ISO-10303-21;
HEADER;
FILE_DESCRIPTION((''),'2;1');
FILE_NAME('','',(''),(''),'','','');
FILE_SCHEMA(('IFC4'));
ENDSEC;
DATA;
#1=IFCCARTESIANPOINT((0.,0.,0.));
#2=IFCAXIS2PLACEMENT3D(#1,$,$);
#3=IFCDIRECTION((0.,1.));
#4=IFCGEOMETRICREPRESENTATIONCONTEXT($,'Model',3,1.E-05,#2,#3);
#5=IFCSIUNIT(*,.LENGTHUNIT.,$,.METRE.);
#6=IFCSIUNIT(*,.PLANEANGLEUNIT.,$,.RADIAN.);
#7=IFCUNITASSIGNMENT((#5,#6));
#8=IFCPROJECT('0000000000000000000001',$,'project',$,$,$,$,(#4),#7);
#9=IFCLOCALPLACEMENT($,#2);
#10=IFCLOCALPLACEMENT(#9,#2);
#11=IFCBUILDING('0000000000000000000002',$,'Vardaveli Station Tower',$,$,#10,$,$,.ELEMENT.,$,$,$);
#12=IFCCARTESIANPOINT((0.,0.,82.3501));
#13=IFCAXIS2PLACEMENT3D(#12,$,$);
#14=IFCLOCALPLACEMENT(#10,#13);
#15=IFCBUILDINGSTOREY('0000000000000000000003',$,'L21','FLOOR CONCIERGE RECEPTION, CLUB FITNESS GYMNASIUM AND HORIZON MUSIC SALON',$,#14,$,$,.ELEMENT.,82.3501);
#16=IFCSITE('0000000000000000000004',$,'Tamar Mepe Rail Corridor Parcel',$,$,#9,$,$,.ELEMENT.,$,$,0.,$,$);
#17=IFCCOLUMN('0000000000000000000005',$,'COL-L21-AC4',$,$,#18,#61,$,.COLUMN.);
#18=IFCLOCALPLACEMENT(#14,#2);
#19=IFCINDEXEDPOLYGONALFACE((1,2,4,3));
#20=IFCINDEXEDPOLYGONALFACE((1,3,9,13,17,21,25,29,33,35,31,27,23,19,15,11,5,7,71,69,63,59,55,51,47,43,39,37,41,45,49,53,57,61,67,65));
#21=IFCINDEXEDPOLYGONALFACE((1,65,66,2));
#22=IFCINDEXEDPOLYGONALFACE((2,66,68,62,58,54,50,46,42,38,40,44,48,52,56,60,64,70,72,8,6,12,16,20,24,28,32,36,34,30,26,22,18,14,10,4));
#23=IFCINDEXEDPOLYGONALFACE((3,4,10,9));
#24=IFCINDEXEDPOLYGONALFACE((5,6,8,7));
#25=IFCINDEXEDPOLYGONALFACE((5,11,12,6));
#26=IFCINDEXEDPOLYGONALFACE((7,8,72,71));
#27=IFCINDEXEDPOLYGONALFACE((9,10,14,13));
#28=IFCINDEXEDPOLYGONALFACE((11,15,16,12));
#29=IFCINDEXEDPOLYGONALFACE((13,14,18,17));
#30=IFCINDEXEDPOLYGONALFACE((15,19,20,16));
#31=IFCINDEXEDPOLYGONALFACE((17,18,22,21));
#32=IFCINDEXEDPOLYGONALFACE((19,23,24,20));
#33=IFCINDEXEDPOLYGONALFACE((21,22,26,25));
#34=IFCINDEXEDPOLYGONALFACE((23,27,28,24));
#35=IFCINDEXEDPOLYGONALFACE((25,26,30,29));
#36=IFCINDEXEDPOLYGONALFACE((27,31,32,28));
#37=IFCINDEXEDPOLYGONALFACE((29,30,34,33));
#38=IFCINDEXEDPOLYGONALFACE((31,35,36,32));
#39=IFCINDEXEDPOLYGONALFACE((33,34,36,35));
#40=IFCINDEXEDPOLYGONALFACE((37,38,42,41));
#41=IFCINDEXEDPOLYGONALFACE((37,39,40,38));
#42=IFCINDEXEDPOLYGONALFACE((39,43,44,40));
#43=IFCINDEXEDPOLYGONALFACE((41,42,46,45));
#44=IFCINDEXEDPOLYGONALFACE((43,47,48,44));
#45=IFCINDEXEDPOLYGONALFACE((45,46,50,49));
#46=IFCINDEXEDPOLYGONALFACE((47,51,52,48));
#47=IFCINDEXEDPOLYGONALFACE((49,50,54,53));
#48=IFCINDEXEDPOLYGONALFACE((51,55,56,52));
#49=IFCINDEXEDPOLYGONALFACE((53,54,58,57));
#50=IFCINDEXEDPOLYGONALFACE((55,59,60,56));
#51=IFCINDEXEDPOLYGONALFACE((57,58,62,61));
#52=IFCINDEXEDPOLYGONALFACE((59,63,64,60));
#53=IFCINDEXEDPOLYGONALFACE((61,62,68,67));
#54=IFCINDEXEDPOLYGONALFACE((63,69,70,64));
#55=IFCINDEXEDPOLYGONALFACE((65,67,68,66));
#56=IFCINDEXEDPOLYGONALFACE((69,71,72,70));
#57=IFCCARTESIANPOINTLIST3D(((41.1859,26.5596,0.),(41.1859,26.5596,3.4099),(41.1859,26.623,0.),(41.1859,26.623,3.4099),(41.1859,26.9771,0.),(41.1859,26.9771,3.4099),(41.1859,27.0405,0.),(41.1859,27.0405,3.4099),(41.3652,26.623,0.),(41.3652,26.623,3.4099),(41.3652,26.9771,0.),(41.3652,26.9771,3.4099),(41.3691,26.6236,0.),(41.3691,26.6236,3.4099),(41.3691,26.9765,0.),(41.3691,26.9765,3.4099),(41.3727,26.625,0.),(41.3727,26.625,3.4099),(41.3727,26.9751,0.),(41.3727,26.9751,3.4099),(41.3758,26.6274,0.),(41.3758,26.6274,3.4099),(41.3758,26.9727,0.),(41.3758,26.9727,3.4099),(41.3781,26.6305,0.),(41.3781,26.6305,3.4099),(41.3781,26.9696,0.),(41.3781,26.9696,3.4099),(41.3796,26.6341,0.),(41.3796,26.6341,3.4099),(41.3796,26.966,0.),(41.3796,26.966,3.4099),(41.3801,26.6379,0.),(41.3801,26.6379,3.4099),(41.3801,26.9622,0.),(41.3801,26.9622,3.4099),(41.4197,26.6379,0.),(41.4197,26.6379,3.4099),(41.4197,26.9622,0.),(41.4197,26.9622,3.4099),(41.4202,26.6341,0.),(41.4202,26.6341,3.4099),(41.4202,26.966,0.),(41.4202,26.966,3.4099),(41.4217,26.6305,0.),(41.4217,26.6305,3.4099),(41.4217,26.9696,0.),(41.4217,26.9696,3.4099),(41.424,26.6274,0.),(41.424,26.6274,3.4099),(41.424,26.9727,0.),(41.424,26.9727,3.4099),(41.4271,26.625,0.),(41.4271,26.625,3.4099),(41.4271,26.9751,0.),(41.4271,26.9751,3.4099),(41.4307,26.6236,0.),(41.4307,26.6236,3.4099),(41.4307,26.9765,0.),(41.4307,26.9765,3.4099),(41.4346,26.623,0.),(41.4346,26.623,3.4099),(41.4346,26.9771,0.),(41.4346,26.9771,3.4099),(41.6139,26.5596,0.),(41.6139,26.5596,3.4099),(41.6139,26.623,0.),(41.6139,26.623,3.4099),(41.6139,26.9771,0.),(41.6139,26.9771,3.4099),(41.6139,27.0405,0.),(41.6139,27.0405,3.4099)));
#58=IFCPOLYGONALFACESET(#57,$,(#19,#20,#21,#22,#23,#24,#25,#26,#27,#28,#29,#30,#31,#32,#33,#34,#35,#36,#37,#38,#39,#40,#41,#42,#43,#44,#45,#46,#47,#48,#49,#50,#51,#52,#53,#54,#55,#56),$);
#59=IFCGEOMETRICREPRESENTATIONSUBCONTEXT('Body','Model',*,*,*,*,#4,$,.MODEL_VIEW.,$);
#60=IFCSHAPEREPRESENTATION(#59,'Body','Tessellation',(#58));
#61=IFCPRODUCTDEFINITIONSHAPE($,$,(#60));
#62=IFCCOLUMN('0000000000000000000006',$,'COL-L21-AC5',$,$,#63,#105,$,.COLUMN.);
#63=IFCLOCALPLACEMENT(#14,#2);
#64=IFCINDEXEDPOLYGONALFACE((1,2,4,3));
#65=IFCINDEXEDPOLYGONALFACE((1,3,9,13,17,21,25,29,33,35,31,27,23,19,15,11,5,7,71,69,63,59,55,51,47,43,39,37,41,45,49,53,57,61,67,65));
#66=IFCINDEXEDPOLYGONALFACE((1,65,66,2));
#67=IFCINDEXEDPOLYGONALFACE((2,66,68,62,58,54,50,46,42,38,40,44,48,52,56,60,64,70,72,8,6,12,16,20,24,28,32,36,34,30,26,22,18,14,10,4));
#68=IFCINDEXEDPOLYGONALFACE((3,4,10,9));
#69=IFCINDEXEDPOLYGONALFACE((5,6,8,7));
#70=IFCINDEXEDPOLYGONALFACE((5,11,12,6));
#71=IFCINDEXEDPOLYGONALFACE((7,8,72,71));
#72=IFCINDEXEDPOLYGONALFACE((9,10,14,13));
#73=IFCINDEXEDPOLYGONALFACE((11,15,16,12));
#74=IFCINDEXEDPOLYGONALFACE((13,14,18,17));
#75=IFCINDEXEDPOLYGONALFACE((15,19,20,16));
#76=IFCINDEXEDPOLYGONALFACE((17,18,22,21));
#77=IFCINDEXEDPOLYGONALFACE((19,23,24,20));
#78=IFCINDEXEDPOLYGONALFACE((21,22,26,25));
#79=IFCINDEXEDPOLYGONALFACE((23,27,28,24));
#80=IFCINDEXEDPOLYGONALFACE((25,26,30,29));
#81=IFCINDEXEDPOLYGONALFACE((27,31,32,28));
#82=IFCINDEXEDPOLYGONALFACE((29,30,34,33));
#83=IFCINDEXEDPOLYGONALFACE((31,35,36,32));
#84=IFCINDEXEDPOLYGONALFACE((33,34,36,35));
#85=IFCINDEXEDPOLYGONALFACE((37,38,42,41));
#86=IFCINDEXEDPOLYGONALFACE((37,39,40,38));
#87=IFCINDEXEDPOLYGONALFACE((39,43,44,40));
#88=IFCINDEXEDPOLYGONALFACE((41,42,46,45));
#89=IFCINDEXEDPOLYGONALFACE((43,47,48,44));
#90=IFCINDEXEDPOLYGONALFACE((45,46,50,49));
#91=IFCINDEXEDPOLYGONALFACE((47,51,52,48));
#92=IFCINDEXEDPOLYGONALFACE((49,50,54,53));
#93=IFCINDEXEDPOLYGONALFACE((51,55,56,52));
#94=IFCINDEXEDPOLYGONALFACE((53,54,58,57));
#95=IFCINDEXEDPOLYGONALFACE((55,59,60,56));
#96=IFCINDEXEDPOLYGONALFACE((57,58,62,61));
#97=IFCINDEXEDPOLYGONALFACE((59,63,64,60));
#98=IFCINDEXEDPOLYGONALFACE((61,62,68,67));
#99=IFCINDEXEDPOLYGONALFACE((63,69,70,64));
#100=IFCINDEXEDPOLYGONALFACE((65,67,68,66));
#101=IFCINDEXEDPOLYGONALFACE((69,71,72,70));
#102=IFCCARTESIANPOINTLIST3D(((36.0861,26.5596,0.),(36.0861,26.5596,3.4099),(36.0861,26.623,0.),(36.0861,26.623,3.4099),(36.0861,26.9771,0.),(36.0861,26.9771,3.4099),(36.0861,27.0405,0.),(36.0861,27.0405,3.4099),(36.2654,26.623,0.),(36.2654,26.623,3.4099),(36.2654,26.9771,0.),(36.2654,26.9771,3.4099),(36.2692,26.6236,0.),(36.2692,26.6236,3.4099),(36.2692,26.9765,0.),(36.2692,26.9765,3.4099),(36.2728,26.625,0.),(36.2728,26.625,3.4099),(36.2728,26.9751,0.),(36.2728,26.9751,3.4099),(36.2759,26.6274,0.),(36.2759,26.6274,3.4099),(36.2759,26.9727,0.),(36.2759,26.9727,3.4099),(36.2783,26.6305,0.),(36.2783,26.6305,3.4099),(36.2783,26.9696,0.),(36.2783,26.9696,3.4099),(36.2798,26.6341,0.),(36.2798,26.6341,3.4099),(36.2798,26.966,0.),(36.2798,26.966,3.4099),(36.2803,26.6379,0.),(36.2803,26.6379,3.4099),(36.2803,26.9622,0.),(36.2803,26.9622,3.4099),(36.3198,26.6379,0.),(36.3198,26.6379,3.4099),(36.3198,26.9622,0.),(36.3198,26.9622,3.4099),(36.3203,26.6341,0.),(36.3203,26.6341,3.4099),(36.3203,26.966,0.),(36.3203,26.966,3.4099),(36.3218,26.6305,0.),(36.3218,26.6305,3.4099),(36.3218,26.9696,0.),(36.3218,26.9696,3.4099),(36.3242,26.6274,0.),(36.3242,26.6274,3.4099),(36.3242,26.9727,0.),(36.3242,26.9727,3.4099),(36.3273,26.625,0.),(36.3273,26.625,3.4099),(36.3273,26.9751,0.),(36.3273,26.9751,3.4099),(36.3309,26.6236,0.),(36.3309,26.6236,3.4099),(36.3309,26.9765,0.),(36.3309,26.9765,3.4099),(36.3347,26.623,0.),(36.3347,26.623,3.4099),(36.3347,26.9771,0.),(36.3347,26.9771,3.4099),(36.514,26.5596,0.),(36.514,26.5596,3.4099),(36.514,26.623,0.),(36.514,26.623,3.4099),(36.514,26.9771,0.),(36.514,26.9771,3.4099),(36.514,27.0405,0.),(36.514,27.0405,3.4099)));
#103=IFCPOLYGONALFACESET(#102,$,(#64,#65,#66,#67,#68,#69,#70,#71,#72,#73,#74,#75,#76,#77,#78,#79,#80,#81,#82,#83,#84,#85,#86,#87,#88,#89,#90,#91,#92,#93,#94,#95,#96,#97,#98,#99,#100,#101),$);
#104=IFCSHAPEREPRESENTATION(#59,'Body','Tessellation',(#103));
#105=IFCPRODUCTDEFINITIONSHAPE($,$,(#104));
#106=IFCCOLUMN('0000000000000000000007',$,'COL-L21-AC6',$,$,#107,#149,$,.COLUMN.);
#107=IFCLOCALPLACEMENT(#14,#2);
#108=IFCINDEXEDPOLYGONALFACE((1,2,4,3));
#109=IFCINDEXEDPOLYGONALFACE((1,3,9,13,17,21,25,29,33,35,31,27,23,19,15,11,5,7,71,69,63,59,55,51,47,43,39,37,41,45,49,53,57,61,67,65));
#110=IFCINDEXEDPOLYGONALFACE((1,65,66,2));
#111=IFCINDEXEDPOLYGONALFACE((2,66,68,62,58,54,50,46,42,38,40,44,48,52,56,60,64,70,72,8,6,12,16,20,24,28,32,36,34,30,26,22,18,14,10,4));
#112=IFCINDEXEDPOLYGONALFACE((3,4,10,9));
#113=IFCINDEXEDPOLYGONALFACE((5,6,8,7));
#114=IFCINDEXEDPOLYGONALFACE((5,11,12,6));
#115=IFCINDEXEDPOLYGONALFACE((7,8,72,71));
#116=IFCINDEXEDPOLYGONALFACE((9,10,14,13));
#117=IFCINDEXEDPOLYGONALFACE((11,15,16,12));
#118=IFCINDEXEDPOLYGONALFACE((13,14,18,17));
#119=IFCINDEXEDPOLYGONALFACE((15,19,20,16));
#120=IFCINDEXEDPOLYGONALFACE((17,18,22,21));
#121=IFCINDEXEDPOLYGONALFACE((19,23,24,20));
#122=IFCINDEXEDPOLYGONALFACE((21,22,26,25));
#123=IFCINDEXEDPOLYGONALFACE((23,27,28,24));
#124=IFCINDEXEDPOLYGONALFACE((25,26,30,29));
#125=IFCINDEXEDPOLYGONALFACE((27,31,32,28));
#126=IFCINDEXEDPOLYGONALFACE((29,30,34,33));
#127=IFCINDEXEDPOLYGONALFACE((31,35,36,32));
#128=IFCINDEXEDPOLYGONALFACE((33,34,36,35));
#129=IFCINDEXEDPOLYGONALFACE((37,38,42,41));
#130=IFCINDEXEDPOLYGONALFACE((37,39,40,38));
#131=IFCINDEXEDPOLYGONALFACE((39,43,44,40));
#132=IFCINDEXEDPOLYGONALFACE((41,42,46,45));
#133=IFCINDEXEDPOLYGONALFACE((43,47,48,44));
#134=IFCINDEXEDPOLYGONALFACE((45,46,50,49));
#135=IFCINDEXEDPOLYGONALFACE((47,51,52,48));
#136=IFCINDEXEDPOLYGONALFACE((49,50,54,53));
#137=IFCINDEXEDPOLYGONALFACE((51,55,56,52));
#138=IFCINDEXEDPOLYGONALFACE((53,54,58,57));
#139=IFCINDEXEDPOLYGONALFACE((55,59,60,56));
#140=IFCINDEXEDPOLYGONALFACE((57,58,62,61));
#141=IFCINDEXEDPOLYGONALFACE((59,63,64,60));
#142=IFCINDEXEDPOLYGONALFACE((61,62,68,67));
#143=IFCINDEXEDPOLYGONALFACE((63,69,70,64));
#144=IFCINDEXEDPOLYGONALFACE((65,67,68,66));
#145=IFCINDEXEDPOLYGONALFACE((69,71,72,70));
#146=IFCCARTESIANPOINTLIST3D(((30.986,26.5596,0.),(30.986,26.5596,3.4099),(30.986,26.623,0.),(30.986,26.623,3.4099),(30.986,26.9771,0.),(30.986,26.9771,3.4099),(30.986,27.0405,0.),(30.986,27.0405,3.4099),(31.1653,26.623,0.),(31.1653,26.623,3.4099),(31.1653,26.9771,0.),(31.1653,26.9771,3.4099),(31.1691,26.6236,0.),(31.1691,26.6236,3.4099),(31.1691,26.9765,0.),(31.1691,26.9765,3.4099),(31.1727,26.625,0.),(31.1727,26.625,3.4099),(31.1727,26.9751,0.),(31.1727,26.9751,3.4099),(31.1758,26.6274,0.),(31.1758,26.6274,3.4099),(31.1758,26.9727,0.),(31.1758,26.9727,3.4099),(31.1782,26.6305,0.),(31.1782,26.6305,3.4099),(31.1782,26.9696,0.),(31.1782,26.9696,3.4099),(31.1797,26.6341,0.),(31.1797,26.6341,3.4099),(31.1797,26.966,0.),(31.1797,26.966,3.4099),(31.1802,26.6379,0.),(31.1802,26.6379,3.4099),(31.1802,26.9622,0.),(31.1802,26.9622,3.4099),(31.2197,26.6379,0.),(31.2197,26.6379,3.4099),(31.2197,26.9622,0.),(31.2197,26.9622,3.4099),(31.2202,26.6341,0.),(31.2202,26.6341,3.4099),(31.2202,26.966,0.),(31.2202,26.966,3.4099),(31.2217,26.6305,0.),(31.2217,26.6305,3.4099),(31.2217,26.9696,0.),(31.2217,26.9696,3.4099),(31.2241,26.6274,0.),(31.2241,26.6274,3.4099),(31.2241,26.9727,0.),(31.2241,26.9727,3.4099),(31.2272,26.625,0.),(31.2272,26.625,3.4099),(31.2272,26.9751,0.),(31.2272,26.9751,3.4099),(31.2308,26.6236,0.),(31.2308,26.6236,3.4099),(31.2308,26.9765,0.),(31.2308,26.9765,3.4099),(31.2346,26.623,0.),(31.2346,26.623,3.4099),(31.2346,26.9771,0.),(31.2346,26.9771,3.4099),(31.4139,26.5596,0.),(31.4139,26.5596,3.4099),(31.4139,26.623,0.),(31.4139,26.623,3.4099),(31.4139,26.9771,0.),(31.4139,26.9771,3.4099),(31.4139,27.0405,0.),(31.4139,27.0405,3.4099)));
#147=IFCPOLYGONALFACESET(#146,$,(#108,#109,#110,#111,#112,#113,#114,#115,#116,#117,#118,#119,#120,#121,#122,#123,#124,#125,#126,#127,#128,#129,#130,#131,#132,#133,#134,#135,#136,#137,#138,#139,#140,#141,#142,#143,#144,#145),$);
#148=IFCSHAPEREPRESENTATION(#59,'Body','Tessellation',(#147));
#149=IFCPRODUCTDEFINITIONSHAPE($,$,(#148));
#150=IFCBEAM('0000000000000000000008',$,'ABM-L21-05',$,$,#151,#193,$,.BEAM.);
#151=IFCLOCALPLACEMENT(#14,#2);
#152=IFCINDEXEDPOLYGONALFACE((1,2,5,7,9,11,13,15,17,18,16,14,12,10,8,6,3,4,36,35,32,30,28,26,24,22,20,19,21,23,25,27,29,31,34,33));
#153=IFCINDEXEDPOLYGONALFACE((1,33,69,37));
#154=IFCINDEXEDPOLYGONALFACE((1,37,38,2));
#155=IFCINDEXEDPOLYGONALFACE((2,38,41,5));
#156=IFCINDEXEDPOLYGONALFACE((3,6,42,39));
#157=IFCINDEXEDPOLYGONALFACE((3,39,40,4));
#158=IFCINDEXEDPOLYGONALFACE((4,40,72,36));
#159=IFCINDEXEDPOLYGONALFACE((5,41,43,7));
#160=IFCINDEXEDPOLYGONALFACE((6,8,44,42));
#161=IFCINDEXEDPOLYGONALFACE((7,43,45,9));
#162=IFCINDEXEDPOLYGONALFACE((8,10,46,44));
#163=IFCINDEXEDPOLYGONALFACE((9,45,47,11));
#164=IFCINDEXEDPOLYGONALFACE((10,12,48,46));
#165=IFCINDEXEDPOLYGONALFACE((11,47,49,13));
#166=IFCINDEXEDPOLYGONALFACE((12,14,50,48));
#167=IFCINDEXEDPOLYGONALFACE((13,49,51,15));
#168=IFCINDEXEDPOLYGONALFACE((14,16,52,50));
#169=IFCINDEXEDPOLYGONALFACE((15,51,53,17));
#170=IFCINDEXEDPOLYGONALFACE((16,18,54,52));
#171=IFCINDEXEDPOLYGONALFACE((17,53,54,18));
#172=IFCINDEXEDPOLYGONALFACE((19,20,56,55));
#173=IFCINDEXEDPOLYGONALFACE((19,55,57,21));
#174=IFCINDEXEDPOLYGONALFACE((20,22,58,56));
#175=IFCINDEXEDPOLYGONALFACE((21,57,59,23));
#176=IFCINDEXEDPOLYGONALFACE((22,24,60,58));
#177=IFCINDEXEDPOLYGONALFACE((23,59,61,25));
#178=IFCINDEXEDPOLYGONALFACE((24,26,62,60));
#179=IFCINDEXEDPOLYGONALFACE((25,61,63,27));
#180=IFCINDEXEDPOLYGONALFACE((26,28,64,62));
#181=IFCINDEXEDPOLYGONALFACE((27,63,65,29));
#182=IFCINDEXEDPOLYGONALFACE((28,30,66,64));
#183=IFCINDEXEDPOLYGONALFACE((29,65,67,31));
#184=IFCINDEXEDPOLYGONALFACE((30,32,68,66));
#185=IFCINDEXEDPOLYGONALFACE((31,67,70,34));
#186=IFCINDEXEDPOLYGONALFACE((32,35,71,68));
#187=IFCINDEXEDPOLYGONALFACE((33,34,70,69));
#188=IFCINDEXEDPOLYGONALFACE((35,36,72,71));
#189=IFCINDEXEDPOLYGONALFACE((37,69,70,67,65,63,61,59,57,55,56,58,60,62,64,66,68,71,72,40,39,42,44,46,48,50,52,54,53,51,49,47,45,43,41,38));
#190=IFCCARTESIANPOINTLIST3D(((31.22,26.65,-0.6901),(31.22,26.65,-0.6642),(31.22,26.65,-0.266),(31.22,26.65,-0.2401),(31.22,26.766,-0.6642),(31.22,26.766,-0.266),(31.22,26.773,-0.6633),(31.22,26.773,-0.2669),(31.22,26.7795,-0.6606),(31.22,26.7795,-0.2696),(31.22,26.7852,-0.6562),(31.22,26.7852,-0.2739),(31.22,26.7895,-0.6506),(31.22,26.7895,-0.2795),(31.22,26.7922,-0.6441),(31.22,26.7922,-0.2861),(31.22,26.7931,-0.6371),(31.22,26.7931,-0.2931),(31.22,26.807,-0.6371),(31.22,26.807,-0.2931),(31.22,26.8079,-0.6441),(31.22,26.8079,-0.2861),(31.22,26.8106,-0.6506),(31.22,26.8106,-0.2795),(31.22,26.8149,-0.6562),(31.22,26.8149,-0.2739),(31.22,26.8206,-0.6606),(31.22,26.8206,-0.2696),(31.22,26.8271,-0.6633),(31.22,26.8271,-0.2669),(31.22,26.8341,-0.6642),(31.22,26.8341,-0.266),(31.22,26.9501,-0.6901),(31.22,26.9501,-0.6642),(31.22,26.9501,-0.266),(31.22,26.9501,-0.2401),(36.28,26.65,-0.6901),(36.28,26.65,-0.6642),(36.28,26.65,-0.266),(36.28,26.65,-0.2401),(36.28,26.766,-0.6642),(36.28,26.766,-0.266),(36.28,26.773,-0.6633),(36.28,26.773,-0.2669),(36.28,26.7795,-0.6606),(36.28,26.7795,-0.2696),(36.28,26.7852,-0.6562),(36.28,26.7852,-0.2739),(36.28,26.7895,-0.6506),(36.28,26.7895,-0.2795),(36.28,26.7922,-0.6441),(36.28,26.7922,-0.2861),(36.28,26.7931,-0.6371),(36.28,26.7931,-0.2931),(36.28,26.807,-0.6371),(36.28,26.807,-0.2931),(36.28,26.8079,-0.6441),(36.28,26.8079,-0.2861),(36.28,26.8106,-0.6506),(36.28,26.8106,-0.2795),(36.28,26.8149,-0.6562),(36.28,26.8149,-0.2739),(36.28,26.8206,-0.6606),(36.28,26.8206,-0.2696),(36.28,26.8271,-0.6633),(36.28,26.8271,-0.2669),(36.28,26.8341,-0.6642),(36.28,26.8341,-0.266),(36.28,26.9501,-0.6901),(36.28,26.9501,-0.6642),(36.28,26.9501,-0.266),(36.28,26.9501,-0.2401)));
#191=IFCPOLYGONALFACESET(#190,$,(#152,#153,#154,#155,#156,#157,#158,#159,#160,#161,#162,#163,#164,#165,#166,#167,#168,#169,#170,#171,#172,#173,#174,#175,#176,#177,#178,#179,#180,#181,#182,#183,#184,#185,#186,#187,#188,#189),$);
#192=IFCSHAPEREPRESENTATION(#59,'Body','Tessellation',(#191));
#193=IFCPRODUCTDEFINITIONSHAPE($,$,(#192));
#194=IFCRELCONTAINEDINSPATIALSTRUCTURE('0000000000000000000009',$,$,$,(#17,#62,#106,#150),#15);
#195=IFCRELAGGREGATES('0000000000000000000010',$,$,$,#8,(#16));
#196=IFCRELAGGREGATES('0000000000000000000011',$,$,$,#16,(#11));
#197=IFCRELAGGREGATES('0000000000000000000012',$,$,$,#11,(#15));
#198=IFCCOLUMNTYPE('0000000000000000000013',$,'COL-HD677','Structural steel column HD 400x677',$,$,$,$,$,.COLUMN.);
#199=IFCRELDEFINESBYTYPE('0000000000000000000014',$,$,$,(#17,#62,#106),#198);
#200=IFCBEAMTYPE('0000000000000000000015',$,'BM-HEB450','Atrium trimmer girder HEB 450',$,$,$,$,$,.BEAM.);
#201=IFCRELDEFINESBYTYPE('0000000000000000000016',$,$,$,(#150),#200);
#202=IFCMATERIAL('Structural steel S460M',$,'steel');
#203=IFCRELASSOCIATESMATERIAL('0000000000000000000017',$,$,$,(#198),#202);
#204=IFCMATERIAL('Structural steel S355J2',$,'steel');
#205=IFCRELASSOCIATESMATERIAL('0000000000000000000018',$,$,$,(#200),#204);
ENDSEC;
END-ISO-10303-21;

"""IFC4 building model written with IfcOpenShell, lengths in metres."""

from ifc_helpers import new_model, si_unit, direction, frame, origin, origin_2d, place, context, subcontext, project, spatial, i_section, extrude, source, transform, mapped, material, material_profile, profile_set, type_object, element, save


model = new_model("IFC4")

# Units and contexts
model_context = context("Model", 3, precision=1e-05, world=origin(), true_north=direction((0.0, 1.0)))
body_context = subcontext(model_context, "Body", "Model", "MODEL_VIEW")
ifc_project = project(units=[si_unit("LENGTHUNIT", "METRE"), si_unit("PLANEANGLEUNIT", "RADIAN")], contexts=[model_context])

# Site, building, storey
site_placement = place(None, origin())
site = spatial("IfcSite", under=ifc_project, at=site_placement, Name="Tamar Mepe Rail Corridor Parcel", CompositionType="ELEMENT", RefElevation=0.0)
building_placement = place(site_placement, origin())
building = spatial("IfcBuilding", under=site, at=building_placement, Name="Vardaveli Station Tower", CompositionType="ELEMENT")
storey_placement = place(building_placement, frame((0.0, 0.0, 82.3501)))
storey = spatial("IfcBuildingStorey", under=building, at=storey_placement, Name="L21", Description="FLOOR CONCIERGE RECEPTION, CLUB FITNESS GYMNASIUM AND HORIZON MUSIC SALON", CompositionType="ELEMENT", Elevation=82.3501)

# Columns
ifc_material_1 = material(Name="Structural steel S460M", Category="steel")
ifc_material_profile_1 = material_profile(ifc_material_1, i_section(OverallWidth=0.428, OverallDepth=0.481, WebThickness=0.0396, FlangeThickness=0.0635, FilletRadius=0.0149, at=origin_2d()), Name="HD 400x677")
ifc_profile_set_1 = profile_set([ifc_material_profile_1], Name="Structural steel S460M")
column_type = type_object("IfcColumnType", Name="COL-HD677", Description="Structural steel column HD 400x677", PredefinedType="COLUMN", material=ifc_profile_set_1)
shared_shape_1 = source(origin(), body_context, "Body", "SweptSolid", [
    extrude(i_section(OverallWidth=0.428, OverallDepth=0.481, WebThickness=0.0396, FlangeThickness=0.0635, FilletRadius=0.0149, at=origin_2d()), origin(), (0.0, 0.0, 1.0), 3.4099),
])
for number, where, z_axis, x_axis, name in (
    (1, (41.3999, 26.8, 0.0), (0.0, 0.0, 1.0), (1.0, 0.0, 0.0), "COL-L21-AC4"),
    (2, (36.3, 26.8, 0.0), (0.0, 0.0, 1.0), (1.0, 0.0, 0.0), "COL-L21-AC5"),
    (3, (31.2, 26.8, 0.0), (0.0, 0.0, 1.0), (1.0, 0.0, 0.0), "COL-L21-AC6"),
):
    element("IfcColumn", number, at=place(storey_placement, frame(where, z_axis=z_axis, x_axis=x_axis)), inside=storey, type_object=column_type, Name=name, PredefinedType="COLUMN", context=body_context, shape_type="MappedRepresentation", body=[
        mapped(shared_shape_1, transform((0.0, 0.0, 0.0), scale=1.0)),
    ])

# Beam
ifc_material_2 = material(Name="Structural steel S355J2", Category="steel")
ifc_material_profile_2 = material_profile(ifc_material_2, i_section(OverallWidth=0.3, OverallDepth=0.45, WebThickness=0.0139, FlangeThickness=0.0259, FilletRadius=0.0271, at=origin_2d()), Name="HEB 450")
ifc_profile_set_2 = profile_set([ifc_material_profile_2], Name="Structural steel S355J2")
beam_type_1 = type_object("IfcBeamType", Name="BM-HEB450", Description="Atrium trimmer girder HEB 450", PredefinedType="BEAM", material=ifc_profile_set_2)
shared_shape_2 = source(origin(), body_context, "Body", "SweptSolid", [
    extrude(i_section(OverallWidth=0.3, OverallDepth=0.45, WebThickness=0.0139, FlangeThickness=0.0259, FilletRadius=0.0271, at=origin_2d()), origin(), (0.0, 0.0, 1.0), 5.0601),
])
beam_1_placement = place(storey_placement, frame((36.28, 26.8, -0.4651), z_axis=(-1.0, 0.0, 0.0), x_axis=(0.0, -1.0, 0.0)))
element("IfcBeam", 4, at=beam_1_placement, inside=storey, type_object=beam_type_1, Name="ABM-L21-05", PredefinedType="BEAM", context=body_context, shape_type="MappedRepresentation", body=[
    mapped(shared_shape_2, transform((0.0, 0.0, 0.0), scale=1.0)),
])

save(model, "model.ifc")
